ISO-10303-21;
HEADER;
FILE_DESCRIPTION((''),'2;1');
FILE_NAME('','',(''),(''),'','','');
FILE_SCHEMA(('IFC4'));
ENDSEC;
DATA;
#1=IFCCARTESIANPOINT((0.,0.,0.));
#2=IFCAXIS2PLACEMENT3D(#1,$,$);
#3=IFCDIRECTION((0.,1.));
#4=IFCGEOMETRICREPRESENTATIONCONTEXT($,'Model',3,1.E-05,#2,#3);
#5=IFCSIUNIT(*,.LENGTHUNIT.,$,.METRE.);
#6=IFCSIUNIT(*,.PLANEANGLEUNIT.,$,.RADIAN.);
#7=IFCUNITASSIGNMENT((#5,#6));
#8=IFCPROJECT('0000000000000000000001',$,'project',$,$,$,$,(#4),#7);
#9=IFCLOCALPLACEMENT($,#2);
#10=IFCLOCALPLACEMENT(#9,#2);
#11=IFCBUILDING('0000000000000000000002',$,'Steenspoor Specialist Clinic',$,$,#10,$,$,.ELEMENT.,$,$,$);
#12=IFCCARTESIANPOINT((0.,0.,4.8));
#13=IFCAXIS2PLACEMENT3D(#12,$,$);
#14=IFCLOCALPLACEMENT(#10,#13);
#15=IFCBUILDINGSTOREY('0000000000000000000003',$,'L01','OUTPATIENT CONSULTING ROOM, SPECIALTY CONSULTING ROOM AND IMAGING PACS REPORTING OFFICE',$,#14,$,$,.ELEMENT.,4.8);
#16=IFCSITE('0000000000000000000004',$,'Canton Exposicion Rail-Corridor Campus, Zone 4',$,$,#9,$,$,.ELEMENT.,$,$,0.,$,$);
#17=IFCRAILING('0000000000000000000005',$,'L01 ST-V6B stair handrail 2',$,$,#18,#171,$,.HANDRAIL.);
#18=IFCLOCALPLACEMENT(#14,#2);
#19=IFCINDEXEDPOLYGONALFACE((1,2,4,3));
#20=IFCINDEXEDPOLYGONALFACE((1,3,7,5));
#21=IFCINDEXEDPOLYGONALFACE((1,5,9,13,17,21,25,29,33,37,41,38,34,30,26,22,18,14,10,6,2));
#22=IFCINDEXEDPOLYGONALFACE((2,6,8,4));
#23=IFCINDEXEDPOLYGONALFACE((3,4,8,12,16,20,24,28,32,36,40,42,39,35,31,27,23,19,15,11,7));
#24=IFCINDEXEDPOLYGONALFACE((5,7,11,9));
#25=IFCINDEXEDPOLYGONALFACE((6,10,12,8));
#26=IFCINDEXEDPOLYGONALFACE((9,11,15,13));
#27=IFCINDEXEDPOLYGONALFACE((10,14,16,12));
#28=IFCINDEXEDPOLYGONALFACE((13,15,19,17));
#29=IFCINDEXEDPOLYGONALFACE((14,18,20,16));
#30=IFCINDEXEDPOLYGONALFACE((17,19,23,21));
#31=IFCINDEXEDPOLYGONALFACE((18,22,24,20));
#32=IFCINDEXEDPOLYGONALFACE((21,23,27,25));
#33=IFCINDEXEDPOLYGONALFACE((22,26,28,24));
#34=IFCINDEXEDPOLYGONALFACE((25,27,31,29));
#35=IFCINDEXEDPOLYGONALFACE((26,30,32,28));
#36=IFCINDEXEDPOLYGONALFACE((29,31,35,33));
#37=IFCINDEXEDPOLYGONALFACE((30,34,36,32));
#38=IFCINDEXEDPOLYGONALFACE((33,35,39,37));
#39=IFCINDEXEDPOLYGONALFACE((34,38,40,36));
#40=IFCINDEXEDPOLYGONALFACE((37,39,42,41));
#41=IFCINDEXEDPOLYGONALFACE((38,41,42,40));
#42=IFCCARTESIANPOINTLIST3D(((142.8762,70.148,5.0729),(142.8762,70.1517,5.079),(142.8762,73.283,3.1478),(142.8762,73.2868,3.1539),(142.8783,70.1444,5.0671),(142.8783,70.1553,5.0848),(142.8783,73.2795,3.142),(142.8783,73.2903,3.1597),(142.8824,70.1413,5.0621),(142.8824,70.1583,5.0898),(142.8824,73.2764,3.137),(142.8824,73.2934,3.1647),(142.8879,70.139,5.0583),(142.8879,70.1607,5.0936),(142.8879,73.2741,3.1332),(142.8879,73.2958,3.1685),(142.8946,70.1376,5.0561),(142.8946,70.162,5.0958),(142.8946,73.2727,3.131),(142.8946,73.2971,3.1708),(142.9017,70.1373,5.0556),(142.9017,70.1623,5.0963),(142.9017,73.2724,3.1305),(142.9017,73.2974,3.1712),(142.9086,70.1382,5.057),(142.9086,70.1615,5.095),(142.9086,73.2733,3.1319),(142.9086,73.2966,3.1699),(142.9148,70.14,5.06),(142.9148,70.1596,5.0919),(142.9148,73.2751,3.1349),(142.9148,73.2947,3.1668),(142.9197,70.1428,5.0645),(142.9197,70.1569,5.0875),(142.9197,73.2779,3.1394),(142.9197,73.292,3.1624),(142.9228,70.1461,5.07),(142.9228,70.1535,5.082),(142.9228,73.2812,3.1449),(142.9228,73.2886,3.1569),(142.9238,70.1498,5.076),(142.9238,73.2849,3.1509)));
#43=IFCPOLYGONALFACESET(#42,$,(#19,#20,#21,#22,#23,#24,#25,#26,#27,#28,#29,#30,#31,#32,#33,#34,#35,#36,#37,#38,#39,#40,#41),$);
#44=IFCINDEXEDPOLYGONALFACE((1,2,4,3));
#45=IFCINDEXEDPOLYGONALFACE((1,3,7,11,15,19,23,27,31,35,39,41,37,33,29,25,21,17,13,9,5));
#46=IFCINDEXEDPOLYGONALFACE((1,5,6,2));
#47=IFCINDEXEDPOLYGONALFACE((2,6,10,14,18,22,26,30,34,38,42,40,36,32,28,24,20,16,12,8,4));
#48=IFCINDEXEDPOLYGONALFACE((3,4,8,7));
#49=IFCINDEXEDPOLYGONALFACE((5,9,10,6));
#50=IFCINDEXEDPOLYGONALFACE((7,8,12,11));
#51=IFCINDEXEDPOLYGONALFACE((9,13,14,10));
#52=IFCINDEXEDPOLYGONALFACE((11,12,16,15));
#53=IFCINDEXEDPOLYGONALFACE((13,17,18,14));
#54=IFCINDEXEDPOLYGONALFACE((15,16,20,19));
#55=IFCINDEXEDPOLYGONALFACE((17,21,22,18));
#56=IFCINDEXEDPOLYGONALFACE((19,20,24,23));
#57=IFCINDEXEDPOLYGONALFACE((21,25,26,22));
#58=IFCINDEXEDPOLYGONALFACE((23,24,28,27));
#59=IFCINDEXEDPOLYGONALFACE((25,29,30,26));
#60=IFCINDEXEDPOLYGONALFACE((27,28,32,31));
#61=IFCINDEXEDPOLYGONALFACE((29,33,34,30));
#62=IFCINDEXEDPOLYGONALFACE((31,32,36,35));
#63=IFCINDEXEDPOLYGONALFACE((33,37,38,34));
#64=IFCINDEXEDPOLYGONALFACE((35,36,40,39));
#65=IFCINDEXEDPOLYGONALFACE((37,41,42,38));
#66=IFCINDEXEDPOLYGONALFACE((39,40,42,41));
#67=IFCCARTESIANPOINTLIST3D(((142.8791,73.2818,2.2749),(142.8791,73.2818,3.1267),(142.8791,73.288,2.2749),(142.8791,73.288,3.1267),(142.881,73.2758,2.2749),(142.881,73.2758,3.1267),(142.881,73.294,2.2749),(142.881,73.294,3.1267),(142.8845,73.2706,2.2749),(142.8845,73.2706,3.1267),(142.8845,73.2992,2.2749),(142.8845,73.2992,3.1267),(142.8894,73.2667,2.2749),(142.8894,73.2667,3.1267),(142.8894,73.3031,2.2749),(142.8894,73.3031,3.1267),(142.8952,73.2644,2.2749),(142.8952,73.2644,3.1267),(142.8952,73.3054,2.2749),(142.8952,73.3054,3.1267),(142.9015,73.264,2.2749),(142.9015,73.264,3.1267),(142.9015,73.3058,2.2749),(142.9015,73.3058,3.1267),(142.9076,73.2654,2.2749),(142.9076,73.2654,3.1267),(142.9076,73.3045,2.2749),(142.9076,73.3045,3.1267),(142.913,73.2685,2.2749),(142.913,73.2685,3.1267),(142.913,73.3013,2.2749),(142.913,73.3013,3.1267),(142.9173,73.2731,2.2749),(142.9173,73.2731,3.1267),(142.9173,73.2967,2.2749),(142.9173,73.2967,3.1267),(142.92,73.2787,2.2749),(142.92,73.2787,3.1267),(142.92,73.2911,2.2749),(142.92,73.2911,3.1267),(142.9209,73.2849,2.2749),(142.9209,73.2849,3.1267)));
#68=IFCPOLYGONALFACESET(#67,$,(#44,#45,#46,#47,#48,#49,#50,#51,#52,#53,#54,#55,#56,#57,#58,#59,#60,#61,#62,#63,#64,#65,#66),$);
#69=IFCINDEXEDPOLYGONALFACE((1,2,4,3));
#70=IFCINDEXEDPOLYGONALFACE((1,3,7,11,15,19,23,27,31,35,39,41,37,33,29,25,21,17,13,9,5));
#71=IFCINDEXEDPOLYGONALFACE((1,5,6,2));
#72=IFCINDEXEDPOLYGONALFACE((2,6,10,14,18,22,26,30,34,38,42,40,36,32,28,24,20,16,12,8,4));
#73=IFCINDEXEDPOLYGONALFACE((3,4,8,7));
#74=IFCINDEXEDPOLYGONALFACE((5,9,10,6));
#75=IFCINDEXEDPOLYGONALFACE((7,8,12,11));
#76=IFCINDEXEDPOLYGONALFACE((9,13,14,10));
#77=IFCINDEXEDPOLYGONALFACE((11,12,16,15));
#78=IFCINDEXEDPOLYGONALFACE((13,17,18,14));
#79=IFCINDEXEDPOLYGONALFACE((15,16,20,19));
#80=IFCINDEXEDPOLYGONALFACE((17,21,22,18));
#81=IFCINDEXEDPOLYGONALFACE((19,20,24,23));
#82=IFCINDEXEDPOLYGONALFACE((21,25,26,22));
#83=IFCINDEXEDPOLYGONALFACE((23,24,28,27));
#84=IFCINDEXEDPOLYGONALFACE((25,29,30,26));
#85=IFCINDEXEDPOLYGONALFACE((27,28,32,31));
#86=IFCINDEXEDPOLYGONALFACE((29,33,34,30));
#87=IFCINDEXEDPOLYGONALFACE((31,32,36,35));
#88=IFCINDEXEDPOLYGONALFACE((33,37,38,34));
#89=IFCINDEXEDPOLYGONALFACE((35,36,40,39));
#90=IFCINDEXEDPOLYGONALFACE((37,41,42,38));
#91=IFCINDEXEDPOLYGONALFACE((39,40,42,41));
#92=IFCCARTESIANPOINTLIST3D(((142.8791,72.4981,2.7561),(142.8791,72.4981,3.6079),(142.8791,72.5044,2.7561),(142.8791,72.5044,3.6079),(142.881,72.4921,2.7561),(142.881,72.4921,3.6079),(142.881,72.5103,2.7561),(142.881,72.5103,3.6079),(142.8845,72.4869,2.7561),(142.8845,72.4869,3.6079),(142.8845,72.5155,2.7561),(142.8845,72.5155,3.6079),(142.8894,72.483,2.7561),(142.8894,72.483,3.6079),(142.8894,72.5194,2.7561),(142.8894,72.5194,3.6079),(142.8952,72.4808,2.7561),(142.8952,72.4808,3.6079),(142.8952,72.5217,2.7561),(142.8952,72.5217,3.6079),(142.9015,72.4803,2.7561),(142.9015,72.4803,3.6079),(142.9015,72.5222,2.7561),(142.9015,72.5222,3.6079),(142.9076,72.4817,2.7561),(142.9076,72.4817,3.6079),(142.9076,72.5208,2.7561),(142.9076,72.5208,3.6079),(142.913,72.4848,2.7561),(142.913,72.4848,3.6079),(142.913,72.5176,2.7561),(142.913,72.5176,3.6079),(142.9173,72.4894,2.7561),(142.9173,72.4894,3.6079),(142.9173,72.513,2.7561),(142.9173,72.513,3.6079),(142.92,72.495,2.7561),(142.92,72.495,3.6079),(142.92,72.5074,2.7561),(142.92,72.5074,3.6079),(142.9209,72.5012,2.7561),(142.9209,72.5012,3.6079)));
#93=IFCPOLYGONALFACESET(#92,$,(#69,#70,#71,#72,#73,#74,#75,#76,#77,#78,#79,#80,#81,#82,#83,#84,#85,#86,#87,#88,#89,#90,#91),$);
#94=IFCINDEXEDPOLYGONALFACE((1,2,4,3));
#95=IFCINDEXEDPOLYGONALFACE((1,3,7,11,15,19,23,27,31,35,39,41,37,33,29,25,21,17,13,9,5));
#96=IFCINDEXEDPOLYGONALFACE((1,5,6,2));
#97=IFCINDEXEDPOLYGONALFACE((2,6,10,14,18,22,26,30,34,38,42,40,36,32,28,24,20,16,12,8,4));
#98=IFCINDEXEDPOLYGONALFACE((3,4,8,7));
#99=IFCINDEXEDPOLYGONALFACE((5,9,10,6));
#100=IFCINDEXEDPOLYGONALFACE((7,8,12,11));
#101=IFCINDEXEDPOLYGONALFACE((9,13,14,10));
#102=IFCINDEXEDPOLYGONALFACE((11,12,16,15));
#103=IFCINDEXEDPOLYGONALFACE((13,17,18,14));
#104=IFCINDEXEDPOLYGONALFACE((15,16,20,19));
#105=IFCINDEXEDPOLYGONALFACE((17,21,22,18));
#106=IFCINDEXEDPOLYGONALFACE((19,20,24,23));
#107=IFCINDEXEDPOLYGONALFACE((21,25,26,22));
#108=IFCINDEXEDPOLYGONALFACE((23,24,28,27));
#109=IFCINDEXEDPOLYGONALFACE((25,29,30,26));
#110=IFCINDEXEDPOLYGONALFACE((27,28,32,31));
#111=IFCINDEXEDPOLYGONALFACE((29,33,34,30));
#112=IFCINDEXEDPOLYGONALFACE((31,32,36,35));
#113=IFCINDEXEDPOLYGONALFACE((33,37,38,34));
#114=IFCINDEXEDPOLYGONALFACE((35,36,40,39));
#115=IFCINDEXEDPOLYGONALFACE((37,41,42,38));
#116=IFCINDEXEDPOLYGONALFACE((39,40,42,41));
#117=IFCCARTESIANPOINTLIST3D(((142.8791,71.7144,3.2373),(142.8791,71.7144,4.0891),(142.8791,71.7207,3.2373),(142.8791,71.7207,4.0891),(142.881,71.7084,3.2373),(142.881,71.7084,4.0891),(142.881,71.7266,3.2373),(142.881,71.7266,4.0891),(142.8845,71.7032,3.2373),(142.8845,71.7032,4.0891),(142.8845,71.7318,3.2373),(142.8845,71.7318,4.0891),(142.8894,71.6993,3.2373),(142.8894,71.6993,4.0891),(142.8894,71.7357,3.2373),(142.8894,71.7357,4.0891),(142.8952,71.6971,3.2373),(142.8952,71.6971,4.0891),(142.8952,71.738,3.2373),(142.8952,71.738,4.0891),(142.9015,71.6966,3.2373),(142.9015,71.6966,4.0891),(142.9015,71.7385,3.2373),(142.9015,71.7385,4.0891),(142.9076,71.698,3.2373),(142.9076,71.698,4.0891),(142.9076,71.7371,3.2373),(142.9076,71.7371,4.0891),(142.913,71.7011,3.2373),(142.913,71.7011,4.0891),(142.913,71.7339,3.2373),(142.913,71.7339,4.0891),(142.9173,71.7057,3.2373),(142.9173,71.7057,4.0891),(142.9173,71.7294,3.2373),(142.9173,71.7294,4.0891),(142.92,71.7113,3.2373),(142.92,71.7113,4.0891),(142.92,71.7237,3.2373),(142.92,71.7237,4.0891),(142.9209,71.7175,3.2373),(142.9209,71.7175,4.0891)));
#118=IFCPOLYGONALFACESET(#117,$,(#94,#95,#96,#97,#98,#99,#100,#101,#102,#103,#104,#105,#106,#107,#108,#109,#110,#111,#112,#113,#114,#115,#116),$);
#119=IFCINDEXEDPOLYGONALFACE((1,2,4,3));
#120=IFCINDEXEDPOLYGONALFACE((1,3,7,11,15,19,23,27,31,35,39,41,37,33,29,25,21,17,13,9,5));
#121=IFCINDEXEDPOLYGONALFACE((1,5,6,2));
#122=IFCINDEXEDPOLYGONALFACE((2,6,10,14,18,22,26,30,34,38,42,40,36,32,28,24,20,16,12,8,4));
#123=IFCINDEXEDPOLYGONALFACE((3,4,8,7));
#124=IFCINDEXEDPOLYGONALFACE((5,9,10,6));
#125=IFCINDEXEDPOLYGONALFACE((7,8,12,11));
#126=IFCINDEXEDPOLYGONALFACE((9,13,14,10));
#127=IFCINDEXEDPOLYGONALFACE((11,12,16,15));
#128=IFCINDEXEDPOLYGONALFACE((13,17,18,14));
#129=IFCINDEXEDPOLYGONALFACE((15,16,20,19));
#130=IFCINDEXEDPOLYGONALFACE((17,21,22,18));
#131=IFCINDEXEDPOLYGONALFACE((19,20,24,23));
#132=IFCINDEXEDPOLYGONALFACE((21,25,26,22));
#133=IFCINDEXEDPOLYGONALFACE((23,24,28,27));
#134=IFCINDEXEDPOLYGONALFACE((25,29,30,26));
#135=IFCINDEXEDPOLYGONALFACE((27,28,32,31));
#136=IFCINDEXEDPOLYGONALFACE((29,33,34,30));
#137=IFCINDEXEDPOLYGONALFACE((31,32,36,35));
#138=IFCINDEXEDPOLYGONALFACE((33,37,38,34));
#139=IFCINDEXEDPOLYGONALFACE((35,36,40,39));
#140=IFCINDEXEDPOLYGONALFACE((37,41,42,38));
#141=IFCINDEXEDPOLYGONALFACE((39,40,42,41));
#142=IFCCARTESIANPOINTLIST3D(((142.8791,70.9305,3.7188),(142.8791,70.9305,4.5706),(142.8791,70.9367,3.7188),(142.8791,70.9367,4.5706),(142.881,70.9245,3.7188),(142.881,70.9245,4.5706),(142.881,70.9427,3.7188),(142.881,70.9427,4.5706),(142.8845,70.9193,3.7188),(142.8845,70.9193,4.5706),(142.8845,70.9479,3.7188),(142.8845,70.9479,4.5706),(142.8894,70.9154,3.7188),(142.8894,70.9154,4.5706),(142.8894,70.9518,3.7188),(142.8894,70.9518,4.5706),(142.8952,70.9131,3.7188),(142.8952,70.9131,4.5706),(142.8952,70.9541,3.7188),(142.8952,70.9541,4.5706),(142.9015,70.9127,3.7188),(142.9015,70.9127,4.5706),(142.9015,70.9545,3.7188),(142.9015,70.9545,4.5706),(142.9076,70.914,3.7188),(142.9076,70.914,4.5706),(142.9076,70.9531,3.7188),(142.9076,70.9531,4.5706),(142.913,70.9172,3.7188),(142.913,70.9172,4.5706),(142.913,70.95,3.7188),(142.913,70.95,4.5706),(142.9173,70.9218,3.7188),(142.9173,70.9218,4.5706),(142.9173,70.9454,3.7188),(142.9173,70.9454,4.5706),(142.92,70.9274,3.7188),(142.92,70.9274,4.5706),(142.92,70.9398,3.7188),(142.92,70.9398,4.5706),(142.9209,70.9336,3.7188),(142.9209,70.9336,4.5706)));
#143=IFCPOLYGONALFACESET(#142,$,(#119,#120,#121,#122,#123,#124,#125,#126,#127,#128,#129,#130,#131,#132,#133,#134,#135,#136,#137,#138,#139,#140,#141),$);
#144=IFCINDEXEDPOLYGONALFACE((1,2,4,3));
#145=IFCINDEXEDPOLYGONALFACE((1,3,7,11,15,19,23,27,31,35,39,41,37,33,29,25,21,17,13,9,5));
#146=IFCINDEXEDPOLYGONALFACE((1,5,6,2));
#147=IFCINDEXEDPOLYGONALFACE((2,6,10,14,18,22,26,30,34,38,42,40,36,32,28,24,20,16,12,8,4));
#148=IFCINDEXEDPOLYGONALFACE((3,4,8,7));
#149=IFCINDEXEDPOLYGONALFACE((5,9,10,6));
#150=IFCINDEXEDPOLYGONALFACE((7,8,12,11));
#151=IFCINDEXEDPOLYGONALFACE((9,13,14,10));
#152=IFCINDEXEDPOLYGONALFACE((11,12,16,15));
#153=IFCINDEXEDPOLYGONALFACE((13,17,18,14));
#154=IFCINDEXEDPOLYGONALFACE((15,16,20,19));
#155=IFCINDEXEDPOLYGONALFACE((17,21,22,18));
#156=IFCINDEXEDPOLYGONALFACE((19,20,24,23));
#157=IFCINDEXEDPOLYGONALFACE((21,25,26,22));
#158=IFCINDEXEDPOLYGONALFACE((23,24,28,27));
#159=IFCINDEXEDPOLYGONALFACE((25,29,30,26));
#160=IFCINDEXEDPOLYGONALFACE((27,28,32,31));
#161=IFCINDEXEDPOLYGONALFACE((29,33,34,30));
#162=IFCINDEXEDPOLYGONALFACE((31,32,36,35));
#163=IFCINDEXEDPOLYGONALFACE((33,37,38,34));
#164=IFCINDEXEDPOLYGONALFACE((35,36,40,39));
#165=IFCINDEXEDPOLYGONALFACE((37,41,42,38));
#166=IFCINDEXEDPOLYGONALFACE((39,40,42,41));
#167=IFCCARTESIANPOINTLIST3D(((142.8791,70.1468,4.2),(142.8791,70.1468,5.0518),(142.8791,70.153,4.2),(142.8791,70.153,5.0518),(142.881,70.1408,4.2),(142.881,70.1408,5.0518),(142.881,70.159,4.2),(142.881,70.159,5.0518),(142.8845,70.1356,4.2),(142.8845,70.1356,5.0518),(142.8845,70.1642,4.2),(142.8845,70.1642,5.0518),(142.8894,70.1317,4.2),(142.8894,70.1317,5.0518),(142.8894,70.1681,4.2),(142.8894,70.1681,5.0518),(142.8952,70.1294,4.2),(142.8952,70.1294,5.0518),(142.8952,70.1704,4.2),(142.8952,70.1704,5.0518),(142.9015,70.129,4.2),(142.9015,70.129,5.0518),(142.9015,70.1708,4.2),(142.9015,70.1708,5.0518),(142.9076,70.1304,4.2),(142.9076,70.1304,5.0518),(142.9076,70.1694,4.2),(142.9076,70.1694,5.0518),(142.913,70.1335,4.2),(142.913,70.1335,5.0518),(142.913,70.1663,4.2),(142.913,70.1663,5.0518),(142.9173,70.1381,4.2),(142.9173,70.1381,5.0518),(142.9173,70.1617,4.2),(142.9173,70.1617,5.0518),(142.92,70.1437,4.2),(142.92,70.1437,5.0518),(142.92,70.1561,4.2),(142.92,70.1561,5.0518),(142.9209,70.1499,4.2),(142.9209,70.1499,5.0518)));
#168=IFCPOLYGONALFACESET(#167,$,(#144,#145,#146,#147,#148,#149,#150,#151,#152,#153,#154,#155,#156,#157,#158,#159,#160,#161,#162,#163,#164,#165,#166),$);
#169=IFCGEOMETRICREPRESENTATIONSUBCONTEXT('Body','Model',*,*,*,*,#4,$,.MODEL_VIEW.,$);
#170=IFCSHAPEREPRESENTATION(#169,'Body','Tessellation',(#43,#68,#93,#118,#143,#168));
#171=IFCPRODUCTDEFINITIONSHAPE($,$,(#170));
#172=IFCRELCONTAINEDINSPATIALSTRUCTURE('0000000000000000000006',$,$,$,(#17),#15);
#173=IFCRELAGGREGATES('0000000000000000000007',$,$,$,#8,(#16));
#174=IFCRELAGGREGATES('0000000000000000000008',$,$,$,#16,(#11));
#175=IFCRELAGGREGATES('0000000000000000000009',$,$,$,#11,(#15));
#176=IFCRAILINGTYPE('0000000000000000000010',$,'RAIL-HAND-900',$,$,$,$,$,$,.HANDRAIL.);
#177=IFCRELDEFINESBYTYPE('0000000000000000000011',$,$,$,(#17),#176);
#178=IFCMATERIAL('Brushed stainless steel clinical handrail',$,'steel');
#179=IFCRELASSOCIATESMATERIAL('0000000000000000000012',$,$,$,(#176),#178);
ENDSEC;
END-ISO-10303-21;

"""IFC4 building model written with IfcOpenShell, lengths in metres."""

from ifc_helpers import new_model, si_unit, direction, frame, origin, origin_2d, place, context, subcontext, project, spatial, circle, extrude, material, type_object, element, save


model = new_model("IFC4")

# Units and contexts
model_context = context("Model", 3, precision=1e-05, world=origin(), true_north=direction((0.0, 1.0)))
body_context = subcontext(model_context, "Body", "Model", "MODEL_VIEW")
ifc_project = project(units=[si_unit("LENGTHUNIT", "METRE"), si_unit("PLANEANGLEUNIT", "RADIAN")], contexts=[model_context])

# Site, building, storey
site_placement = place(None, origin())
site = spatial("IfcSite", under=ifc_project, at=site_placement, Name="Canton Exposicion Rail-Corridor Campus, Zone 4", CompositionType="ELEMENT", RefElevation=0.0)
building_placement = place(site_placement, origin())
building = spatial("IfcBuilding", under=site, at=building_placement, Name="Steenspoor Specialist Clinic", CompositionType="ELEMENT")
storey_placement = place(building_placement, frame((0.0, 0.0, 4.8)))
storey = spatial("IfcBuildingStorey", under=building, at=storey_placement, Name="L01", Description="OUTPATIENT CONSULTING ROOM, SPECIALTY CONSULTING ROOM AND IMAGING PACS REPORTING OFFICE", CompositionType="ELEMENT", Elevation=4.8)

# Railing
ifc_material_1 = material(Name="Brushed stainless steel clinical handrail", Category="steel")
railing_type_1 = type_object("IfcRailingType", Name="RAIL-HAND-900", PredefinedType="HANDRAIL", material=ifc_material_1)
railing_1_placement = place(storey_placement, frame((142.8999, 73.2849, 2.2749)))
element("IfcRailing", 1, at=railing_1_placement, inside=storey, type_object=railing_type_1, Name="L01 ST-V6B stair handrail 2", PredefinedType="HANDRAIL", context=body_context, shape_type="SweptSolid", body=[
    extrude(circle(Radius=0.0239, at=origin_2d()), frame((0.0, 0.0, 0.876), z_axis=(0.0, -0.852166, 0.523271), x_axis=(1.0, 0.0, 0.0)), (0.0, 0.0, 1.0), 3.679),
    extrude(circle(Radius=0.021, at=origin_2d()), origin(), (0.0, 0.0, 1.0), 0.8518),
    extrude(circle(Radius=0.021, at=origin_2d()), frame((0.0, -0.7837, 0.4812)), (0.0, 0.0, 1.0), 0.8518),
    extrude(circle(Radius=0.021, at=origin_2d()), frame((0.0, -1.5674, 0.9624)), (0.0, 0.0, 1.0), 0.8518),
    extrude(circle(Radius=0.021, at=origin_2d()), frame((0.0, -2.3513, 1.4438)), (0.0, 0.0, 1.0), 0.8518),
    extrude(circle(Radius=0.021, at=origin_2d()), frame((0.0, -3.135, 1.925)), (0.0, 0.0, 1.0), 0.8518),
])

save(model, "model.ifc")
